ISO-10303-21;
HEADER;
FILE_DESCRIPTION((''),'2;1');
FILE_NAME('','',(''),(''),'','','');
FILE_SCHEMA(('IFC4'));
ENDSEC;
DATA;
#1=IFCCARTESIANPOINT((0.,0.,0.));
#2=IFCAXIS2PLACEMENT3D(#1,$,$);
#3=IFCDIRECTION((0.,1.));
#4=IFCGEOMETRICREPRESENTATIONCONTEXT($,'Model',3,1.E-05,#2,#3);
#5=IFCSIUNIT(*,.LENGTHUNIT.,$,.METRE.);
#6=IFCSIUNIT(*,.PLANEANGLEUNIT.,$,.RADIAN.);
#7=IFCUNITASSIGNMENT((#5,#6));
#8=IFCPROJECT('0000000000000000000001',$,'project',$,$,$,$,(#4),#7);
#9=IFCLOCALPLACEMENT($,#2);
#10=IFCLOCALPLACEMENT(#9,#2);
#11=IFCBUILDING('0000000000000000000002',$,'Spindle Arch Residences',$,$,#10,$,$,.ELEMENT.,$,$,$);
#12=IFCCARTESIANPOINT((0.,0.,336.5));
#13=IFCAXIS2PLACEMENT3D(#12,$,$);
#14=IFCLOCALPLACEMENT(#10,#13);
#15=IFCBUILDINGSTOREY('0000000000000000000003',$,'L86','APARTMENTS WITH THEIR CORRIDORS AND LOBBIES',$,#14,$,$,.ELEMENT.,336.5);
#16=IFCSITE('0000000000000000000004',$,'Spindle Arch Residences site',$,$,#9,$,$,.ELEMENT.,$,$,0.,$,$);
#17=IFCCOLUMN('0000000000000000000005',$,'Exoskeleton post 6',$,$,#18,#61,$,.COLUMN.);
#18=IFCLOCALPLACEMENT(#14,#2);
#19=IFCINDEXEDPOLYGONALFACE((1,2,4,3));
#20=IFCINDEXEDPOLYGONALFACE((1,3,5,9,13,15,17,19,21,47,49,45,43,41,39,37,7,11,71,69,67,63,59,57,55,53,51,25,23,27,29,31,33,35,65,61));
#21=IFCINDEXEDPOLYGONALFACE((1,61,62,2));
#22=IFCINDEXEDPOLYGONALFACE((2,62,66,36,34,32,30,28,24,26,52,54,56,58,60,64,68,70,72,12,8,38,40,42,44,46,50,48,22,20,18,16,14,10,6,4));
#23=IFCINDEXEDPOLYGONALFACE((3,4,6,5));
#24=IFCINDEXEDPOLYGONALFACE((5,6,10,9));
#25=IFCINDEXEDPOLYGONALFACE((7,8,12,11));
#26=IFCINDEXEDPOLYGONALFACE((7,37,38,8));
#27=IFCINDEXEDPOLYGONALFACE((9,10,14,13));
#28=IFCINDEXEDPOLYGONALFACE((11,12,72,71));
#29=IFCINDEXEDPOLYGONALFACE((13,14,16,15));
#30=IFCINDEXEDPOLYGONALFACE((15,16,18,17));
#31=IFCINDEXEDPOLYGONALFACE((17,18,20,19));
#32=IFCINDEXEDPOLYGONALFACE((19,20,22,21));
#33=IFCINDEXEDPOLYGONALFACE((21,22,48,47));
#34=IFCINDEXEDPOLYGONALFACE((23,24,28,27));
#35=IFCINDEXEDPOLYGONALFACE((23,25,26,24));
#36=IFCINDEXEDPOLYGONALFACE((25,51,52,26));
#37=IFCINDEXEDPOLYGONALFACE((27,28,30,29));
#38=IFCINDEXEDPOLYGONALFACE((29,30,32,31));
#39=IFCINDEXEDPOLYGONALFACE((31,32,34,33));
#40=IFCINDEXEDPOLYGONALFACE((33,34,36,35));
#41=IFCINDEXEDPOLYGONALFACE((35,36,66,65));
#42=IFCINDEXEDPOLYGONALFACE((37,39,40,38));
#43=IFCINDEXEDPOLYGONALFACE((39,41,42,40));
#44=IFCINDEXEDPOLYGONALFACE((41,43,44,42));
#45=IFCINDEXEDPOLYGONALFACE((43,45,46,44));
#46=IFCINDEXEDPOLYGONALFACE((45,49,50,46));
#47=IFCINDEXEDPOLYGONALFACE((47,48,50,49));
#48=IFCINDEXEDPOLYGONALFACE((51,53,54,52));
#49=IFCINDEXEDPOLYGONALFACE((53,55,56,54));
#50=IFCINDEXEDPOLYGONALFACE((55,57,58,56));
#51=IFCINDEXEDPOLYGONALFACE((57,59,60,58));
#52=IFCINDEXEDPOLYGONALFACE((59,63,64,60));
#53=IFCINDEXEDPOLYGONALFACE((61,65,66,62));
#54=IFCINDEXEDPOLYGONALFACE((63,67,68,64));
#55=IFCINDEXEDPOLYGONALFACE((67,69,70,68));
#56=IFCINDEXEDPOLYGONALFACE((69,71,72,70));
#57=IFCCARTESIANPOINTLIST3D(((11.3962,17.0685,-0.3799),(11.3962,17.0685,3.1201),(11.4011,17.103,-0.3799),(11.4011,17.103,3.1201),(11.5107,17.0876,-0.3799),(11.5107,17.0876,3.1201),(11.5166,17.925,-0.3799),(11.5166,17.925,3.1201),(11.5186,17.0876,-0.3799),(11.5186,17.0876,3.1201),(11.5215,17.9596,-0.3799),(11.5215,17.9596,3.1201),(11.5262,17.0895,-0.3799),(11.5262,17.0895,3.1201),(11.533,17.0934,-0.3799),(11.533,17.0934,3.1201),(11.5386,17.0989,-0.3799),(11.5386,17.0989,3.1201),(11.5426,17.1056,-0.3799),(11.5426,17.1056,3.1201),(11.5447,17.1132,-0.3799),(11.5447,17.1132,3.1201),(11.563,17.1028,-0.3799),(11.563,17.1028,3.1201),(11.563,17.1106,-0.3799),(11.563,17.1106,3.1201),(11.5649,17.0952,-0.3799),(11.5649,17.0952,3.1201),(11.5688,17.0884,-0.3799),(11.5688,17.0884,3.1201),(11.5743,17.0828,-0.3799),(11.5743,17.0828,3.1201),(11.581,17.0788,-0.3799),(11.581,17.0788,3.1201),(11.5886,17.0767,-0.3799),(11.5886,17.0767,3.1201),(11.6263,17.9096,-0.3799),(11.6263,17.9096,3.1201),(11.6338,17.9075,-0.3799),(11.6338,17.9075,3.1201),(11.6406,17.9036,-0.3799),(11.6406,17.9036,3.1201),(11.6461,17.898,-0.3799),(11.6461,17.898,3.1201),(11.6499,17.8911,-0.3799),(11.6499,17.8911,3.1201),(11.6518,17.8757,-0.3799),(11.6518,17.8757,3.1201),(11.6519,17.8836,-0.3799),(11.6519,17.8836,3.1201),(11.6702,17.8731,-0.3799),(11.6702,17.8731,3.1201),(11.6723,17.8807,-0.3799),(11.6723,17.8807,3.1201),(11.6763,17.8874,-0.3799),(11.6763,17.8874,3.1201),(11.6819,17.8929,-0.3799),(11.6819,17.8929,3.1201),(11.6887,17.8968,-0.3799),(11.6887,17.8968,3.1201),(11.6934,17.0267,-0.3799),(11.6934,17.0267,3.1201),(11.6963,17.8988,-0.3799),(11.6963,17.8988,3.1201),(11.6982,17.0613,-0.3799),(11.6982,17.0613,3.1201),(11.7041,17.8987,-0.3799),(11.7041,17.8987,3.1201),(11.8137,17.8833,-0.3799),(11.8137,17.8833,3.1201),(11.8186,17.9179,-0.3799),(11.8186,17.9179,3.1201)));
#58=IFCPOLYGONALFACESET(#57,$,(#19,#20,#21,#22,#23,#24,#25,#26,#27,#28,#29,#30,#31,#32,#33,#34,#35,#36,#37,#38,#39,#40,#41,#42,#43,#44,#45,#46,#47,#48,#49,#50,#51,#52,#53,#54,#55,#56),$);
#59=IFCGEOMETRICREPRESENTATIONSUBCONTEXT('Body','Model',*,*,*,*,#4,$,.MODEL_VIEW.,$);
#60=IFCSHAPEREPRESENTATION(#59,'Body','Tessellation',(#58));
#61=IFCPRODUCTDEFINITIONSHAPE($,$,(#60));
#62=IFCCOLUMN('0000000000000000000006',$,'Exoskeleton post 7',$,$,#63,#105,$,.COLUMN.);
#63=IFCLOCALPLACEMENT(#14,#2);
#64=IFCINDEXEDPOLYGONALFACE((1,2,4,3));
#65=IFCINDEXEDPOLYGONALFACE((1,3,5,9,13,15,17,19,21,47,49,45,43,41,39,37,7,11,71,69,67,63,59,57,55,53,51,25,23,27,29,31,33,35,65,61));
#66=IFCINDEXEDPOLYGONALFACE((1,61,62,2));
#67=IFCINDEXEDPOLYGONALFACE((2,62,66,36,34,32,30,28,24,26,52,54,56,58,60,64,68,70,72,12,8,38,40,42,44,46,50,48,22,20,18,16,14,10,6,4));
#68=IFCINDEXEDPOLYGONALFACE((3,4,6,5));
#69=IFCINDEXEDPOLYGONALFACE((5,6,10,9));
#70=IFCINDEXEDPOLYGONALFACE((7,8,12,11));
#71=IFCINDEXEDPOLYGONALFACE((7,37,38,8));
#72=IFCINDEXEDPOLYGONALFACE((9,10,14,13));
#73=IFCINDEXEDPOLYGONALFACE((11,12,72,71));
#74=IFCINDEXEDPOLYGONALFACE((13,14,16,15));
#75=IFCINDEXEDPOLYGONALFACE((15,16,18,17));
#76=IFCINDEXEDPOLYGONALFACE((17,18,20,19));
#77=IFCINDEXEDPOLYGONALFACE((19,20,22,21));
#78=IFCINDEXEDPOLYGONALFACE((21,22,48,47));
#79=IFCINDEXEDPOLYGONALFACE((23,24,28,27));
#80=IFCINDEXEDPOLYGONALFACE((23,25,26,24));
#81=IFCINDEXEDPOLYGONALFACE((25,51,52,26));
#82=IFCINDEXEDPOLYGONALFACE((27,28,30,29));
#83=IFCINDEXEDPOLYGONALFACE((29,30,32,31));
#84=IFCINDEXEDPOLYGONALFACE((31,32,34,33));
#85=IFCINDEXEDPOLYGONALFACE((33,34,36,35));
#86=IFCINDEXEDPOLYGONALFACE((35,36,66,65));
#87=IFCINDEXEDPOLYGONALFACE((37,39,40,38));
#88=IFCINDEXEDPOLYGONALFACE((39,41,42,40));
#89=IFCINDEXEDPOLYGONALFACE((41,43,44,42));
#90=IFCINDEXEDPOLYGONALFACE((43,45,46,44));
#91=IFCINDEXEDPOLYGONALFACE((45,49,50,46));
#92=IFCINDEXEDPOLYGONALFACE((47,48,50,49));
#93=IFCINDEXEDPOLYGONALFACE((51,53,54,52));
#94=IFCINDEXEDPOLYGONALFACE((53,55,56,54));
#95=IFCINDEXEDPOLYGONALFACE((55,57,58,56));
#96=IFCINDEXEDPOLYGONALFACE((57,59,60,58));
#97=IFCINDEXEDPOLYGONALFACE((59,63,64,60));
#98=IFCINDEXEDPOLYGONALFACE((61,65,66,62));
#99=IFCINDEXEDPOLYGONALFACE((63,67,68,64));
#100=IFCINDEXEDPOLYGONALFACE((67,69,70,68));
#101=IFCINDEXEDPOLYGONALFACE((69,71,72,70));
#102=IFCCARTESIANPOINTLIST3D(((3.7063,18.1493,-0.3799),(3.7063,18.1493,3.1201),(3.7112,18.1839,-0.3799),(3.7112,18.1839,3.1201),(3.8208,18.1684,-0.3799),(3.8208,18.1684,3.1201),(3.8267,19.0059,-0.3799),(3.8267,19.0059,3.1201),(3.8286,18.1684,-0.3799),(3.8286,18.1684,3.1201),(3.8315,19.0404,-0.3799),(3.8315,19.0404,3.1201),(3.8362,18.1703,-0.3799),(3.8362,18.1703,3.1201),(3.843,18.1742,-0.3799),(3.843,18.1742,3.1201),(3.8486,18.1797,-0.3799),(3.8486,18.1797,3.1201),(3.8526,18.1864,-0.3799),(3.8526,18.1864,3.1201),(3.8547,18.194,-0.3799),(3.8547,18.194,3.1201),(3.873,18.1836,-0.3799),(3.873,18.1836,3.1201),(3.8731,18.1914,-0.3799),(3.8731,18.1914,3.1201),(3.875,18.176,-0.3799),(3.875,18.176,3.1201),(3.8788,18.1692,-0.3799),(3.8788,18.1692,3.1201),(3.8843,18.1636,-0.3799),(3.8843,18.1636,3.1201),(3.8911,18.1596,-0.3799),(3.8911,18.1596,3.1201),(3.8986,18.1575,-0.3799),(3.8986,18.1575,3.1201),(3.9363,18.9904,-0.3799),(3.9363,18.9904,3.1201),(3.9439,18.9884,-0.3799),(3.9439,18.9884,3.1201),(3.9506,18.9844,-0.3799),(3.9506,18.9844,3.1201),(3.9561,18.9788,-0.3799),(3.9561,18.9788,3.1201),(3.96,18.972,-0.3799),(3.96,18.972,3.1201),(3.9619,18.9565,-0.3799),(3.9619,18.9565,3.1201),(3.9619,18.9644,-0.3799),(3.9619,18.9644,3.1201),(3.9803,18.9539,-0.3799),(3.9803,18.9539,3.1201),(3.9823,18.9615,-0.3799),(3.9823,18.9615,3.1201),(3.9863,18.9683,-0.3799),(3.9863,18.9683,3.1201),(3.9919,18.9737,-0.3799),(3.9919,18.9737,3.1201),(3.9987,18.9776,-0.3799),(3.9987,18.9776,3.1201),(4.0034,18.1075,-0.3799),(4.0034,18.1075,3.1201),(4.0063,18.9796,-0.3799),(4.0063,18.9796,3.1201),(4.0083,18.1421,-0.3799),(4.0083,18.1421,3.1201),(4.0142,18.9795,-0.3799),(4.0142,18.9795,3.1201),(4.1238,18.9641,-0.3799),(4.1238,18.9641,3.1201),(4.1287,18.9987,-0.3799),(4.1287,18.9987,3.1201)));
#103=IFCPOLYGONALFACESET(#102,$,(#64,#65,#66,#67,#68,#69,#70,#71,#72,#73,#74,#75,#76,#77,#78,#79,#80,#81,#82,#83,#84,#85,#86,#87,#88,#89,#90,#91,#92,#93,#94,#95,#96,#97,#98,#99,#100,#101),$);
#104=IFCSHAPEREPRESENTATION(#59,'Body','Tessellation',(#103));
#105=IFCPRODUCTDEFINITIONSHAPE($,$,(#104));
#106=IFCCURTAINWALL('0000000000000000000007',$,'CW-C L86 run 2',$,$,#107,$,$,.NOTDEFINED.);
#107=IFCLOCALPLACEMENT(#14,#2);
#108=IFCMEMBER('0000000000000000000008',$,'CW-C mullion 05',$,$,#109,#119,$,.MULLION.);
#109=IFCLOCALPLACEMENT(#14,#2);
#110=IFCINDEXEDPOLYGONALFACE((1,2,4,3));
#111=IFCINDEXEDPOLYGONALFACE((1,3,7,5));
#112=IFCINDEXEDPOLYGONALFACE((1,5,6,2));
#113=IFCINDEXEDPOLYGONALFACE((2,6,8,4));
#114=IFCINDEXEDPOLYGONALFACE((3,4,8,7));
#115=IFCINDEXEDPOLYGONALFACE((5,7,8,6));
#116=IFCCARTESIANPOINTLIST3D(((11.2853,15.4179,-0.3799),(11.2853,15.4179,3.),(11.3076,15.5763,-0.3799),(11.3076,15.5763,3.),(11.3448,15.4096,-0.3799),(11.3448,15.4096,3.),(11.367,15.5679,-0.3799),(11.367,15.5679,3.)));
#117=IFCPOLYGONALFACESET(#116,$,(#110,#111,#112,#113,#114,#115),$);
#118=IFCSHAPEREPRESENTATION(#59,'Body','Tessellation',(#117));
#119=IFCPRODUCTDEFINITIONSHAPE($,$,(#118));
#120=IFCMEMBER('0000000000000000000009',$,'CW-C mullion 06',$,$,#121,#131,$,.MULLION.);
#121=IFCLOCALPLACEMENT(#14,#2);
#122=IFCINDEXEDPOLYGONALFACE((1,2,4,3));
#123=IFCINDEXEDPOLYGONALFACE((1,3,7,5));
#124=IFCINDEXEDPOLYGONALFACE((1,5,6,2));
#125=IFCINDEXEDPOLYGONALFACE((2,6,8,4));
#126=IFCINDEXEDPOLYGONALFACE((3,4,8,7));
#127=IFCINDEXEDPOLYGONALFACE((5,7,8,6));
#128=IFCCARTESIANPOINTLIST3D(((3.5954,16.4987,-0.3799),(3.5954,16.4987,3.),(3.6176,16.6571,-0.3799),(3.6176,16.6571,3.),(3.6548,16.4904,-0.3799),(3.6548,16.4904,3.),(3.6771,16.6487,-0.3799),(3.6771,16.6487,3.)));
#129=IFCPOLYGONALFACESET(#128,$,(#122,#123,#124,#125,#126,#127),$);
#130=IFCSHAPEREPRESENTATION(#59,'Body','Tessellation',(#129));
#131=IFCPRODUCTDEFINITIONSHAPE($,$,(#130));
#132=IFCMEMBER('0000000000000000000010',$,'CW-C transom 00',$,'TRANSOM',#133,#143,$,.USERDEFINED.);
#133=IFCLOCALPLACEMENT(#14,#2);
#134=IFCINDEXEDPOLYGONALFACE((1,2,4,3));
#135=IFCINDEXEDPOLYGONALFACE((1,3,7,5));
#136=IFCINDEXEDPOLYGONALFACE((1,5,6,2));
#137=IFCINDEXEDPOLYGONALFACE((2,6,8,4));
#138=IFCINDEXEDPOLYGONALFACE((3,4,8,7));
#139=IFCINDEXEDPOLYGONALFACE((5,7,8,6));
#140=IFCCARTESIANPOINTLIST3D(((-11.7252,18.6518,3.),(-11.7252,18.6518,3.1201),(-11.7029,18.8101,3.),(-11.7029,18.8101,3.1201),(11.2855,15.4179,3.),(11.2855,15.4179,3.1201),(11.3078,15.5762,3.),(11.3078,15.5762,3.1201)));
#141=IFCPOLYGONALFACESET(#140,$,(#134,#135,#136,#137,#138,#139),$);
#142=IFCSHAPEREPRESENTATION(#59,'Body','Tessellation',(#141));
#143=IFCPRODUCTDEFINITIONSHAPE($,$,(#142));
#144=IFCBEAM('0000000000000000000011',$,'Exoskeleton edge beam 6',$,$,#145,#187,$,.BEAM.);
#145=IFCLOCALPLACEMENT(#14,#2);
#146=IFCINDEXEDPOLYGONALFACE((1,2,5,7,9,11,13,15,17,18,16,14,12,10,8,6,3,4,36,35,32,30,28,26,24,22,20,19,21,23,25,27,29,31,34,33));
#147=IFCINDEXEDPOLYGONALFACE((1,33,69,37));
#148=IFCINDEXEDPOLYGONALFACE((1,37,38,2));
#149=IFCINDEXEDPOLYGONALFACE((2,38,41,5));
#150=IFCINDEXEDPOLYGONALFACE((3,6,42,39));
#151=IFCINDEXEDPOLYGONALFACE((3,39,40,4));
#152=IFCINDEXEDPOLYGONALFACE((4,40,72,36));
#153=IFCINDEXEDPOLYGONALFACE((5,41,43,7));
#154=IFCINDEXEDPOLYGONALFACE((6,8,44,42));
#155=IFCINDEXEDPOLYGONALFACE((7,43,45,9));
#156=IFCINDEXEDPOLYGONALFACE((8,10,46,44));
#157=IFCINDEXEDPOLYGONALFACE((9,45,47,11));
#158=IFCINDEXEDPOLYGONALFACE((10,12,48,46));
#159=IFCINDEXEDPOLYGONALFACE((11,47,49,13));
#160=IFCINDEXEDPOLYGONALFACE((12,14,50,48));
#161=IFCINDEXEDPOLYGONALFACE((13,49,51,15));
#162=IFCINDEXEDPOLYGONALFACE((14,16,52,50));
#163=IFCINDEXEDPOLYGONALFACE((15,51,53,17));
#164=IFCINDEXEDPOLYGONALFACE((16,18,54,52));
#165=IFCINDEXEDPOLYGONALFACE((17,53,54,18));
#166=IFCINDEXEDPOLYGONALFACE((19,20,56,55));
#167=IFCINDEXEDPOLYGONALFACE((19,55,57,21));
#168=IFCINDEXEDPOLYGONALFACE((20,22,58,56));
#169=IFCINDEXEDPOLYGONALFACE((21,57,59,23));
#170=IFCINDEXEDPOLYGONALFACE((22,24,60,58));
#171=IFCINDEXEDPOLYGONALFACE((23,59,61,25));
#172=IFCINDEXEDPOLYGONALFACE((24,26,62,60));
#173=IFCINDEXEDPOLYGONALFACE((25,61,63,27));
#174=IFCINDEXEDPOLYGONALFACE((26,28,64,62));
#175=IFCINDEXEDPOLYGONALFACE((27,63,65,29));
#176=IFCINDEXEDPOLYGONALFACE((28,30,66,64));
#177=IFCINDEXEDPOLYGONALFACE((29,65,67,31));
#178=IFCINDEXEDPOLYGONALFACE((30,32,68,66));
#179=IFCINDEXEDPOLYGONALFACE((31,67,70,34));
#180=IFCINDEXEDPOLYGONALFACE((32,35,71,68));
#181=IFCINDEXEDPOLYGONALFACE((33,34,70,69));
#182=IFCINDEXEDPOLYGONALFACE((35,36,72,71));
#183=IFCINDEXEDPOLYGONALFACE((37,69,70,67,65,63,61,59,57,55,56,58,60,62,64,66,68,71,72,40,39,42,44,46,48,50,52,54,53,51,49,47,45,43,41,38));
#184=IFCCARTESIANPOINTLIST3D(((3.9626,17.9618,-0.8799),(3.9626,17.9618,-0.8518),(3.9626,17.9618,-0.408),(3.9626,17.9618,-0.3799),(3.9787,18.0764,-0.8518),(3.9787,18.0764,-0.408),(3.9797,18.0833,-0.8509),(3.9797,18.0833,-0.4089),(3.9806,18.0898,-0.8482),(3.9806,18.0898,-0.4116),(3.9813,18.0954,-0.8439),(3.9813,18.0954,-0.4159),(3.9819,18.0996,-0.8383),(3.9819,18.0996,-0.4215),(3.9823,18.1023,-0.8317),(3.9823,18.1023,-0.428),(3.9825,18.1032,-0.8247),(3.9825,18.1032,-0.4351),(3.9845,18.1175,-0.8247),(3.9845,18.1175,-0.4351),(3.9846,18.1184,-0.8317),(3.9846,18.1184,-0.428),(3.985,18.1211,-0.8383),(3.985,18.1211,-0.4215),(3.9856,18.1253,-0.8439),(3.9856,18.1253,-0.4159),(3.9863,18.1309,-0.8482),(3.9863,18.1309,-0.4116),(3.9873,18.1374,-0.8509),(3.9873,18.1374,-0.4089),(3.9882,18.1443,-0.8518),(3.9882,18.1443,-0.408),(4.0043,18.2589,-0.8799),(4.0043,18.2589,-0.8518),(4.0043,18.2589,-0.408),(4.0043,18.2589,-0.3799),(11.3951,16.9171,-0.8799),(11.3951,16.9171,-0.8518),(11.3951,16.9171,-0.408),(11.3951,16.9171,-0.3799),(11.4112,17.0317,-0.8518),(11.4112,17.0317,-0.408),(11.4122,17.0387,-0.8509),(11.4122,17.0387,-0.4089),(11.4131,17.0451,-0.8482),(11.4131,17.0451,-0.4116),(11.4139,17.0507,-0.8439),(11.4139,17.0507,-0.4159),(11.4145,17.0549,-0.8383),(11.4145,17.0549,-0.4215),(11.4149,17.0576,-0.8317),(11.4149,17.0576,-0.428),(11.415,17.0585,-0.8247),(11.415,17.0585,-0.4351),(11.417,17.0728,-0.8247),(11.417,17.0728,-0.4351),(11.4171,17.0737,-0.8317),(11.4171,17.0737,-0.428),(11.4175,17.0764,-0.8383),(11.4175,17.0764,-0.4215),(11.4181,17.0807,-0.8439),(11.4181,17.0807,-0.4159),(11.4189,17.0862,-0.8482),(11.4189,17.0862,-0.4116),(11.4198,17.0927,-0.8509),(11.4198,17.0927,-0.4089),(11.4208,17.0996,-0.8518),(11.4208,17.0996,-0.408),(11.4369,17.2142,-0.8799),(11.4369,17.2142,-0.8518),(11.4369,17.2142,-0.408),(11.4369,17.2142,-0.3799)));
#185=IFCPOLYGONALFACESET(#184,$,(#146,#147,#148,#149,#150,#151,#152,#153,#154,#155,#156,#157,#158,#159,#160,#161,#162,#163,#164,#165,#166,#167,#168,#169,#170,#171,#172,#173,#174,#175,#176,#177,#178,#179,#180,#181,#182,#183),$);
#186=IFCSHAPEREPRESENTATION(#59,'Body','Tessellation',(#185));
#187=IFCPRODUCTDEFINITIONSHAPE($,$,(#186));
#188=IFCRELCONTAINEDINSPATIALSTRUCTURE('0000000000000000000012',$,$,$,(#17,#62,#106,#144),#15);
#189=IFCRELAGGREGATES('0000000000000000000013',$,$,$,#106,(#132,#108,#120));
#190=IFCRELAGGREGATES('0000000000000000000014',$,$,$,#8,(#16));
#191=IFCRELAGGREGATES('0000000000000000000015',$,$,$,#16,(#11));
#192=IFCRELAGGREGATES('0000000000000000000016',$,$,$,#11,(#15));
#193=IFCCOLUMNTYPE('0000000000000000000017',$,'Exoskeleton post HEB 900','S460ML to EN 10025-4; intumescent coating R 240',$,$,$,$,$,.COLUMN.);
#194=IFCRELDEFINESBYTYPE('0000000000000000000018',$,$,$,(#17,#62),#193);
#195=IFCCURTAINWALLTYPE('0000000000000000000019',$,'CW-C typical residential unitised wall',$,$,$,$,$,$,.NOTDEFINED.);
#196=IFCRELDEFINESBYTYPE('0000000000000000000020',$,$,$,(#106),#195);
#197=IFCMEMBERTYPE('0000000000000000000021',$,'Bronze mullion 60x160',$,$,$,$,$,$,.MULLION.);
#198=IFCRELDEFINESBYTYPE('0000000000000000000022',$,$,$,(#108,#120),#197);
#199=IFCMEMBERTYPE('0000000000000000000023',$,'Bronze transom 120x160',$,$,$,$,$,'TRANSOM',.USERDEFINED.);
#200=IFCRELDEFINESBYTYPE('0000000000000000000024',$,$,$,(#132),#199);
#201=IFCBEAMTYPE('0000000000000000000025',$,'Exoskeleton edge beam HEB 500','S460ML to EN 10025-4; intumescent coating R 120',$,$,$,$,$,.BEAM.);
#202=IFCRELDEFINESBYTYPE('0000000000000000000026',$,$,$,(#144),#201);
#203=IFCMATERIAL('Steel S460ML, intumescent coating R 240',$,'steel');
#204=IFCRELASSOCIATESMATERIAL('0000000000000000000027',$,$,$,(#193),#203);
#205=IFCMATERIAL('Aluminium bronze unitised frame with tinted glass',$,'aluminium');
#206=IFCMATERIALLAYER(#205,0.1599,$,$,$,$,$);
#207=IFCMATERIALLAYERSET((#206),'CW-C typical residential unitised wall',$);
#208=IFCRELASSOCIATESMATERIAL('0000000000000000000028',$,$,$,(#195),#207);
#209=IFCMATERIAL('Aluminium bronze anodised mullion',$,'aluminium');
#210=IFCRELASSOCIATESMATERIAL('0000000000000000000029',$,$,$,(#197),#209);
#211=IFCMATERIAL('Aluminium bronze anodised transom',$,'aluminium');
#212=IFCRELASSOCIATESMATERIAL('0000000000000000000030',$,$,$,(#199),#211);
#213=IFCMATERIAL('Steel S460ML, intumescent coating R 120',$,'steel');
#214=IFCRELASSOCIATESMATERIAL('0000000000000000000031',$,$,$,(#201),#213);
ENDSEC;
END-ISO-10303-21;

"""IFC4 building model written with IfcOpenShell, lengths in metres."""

from ifc_helpers import new_model, si_unit, direction, frame, origin, origin_2d, place, context, subcontext, project, spatial, rectangle, i_section, extrude, material, layer, layer_set, material_profile, profile_set, type_object, element, aggregate, save


model = new_model("IFC4")

# Units and contexts
model_context = context("Model", 3, precision=1e-05, world=origin(), true_north=direction((0.0, 1.0)))
body_context = subcontext(model_context, "Body", "Model", "MODEL_VIEW")
ifc_project = project(units=[si_unit("LENGTHUNIT", "METRE"), si_unit("PLANEANGLEUNIT", "RADIAN")], contexts=[model_context])

# Site, building, storey
site_placement = place(None, origin())
site = spatial("IfcSite", under=ifc_project, at=site_placement, Name="Spindle Arch Residences site", CompositionType="ELEMENT", RefElevation=0.0)
building_placement = place(site_placement, origin())
building = spatial("IfcBuilding", under=site, at=building_placement, Name="Spindle Arch Residences", CompositionType="ELEMENT")
storey_placement = place(building_placement, frame((0.0, 0.0, 336.5)))
storey = spatial("IfcBuildingStorey", under=building, at=storey_placement, Name="L86", Description="APARTMENTS WITH THEIR CORRIDORS AND LOBBIES", CompositionType="ELEMENT", Elevation=336.5)

# Columns
ifc_material_1 = material(Name="Steel S460ML, intumescent coating R 240", Category="steel")
ifc_material_profile_1 = material_profile(ifc_material_1, i_section(OverallWidth=0.3, OverallDepth=0.8999, WebThickness=0.0186, FlangeThickness=0.0349, FilletRadius=0.03, at=origin_2d()), Name="HEB 900")
ifc_profile_set_1 = profile_set([ifc_material_profile_1], Name="Steel S460ML, intumescent coating R 240")
column_type = type_object("IfcColumnType", Name="Exoskeleton post HEB 900", Description="S460ML to EN 10025-4; intumescent coating R 240", PredefinedType="COLUMN", material=ifc_profile_set_1)
for number, where, z_axis, x_axis, name in (
    (1, (11.6074, 17.4932, -0.3799), (0.0, 0.0, 1.0), (0.990268, -0.139173, 0.0), "Exoskeleton post 6"),
    (2, (3.9175, 18.574, -0.3799), (0.0, 0.0, 1.0), (0.990268, -0.139173, 0.0), "Exoskeleton post 7"),
):
    element("IfcColumn", number, at=place(storey_placement, frame(where, z_axis=z_axis, x_axis=x_axis)), inside=storey, type_object=column_type, Name=name, PredefinedType="COLUMN", context=body_context, shape_type="SweptSolid", body=[
        extrude(i_section(OverallWidth=0.3, OverallDepth=0.8999, WebThickness=0.0186, FlangeThickness=0.0349, FilletRadius=0.03, at=origin_2d()), origin(), (0.0, 0.0, 1.0), 3.5),
    ])

# Curtain wall, members
ifc_material_2 = material(Name="Aluminium bronze unitised frame with tinted glass", Category="aluminium")
ifc_layer_1 = layer(ifc_material_2, 0.1599)
ifc_layer_set_1 = layer_set([ifc_layer_1], Name="CW-C typical residential unitised wall")
curtain_wall_type = type_object("IfcCurtainWallType", Name="CW-C typical residential unitised wall", PredefinedType="NOTDEFINED", material=ifc_layer_set_1)
curtain_wall_placement = place(storey_placement, origin())
curtain_wall = element("IfcCurtainWall", 3, at=curtain_wall_placement, inside=storey, type_object=curtain_wall_type, Name="CW-C L86 run 2", PredefinedType="NOTDEFINED")
ifc_material_3 = material(Name="Aluminium bronze anodised mullion", Category="aluminium")
ifc_material_profile_2 = material_profile(ifc_material_3, rectangle(XDim=0.1599, YDim=0.0601, at=origin_2d()), Name="MU 60x160")
ifc_profile_set_2 = profile_set([ifc_material_profile_2], Name="Aluminium bronze anodised mullion")
member_type_1 = type_object("IfcMemberType", Name="Bronze mullion 60x160", PredefinedType="MULLION", material=ifc_profile_set_2)
member_1_placement = place(storey_placement, frame((11.3262, 15.4929, -0.3799), z_axis=(0.0, 0.0, 1.0), x_axis=(-0.139173, -0.990268, 0.0)))
member_1 = element("IfcMember", 4, at=member_1_placement, type_object=member_type_1, Name="CW-C mullion 05", PredefinedType="MULLION", context=body_context, shape_type="SweptSolid", body=[
    extrude(rectangle(XDim=0.1599, YDim=0.0601, at=origin_2d()), origin(), (0.0, 0.0, 1.0), 3.3799),
])
member_2_placement = place(storey_placement, frame((3.6362, 16.5737, -0.3799), z_axis=(0.0, 0.0, 1.0), x_axis=(-0.139173, -0.990268, 0.0)))
member_2 = element("IfcMember", 5, at=member_2_placement, type_object=member_type_1, Name="CW-C mullion 06", PredefinedType="MULLION", context=body_context, shape_type="SweptSolid", body=[
    extrude(rectangle(XDim=0.1599, YDim=0.0601, at=origin_2d()), origin(), (0.0, 0.0, 1.0), 3.3799),
])
ifc_material_4 = material(Name="Aluminium bronze anodised transom", Category="aluminium")
ifc_material_profile_3 = material_profile(ifc_material_4, rectangle(XDim=0.1599, YDim=0.1201, at=origin_2d()), Name="TR 120x160")
ifc_profile_set_3 = profile_set([ifc_material_profile_3], Name="Aluminium bronze anodised transom")
member_type_2 = type_object("IfcMemberType", Name="Bronze transom 120x160", ElementType="TRANSOM", PredefinedType="USERDEFINED", material=ifc_profile_set_3)
member_3_placement = place(storey_placement, frame((11.2966, 15.4971, 3.0601), z_axis=(-0.990268, 0.13917, 0.0), x_axis=(-0.13917, -0.990268, 0.0)))
member_3 = element("IfcMember", 6, at=member_3_placement, type_object=member_type_2, Name="CW-C transom 00", ObjectType="TRANSOM", PredefinedType="USERDEFINED", context=body_context, shape_type="SweptSolid", body=[
    extrude(rectangle(XDim=0.1599, YDim=0.1201, at=origin_2d()), origin(), (0.0, 0.0, 1.0), 23.2368),
])

# Beam
ifc_material_5 = material(Name="Steel S460ML, intumescent coating R 120", Category="steel")
ifc_material_profile_4 = material_profile(ifc_material_5, i_section(OverallWidth=0.3, OverallDepth=0.5, WebThickness=0.0144, FlangeThickness=0.0281, FilletRadius=0.0271, at=origin_2d()), Name="HEB 500")
ifc_profile_set_4 = profile_set([ifc_material_profile_4], Name="Steel S460ML, intumescent coating R 120")
beam_type_1 = type_object("IfcBeamType", Name="Exoskeleton edge beam HEB 500", Description="S460ML to EN 10025-4; intumescent coating R 120", PredefinedType="BEAM", material=ifc_profile_set_4)
for number, where, z_axis, x_axis, name in (
    (7, (11.416, 17.0657, -0.6299), (-0.990266, 0.139185, 0.0), (-0.139185, -0.990266, 0.0), "Exoskeleton edge beam 6"),
):
    element("IfcBeam", number, at=place(storey_placement, frame(where, z_axis=z_axis, x_axis=x_axis)), inside=storey, type_object=beam_type_1, Name=name, PredefinedType="BEAM", context=body_context, shape_type="SweptSolid", body=[
        extrude(i_section(OverallWidth=0.3, OverallDepth=0.5, WebThickness=0.0144, FlangeThickness=0.0281, FilletRadius=0.0271, at=origin_2d()), origin(), (0.0, 0.0, 1.0), 7.5056),
    ])

aggregate(curtain_wall, [member_3, member_1, member_2])

save(model, "model.ifc")
